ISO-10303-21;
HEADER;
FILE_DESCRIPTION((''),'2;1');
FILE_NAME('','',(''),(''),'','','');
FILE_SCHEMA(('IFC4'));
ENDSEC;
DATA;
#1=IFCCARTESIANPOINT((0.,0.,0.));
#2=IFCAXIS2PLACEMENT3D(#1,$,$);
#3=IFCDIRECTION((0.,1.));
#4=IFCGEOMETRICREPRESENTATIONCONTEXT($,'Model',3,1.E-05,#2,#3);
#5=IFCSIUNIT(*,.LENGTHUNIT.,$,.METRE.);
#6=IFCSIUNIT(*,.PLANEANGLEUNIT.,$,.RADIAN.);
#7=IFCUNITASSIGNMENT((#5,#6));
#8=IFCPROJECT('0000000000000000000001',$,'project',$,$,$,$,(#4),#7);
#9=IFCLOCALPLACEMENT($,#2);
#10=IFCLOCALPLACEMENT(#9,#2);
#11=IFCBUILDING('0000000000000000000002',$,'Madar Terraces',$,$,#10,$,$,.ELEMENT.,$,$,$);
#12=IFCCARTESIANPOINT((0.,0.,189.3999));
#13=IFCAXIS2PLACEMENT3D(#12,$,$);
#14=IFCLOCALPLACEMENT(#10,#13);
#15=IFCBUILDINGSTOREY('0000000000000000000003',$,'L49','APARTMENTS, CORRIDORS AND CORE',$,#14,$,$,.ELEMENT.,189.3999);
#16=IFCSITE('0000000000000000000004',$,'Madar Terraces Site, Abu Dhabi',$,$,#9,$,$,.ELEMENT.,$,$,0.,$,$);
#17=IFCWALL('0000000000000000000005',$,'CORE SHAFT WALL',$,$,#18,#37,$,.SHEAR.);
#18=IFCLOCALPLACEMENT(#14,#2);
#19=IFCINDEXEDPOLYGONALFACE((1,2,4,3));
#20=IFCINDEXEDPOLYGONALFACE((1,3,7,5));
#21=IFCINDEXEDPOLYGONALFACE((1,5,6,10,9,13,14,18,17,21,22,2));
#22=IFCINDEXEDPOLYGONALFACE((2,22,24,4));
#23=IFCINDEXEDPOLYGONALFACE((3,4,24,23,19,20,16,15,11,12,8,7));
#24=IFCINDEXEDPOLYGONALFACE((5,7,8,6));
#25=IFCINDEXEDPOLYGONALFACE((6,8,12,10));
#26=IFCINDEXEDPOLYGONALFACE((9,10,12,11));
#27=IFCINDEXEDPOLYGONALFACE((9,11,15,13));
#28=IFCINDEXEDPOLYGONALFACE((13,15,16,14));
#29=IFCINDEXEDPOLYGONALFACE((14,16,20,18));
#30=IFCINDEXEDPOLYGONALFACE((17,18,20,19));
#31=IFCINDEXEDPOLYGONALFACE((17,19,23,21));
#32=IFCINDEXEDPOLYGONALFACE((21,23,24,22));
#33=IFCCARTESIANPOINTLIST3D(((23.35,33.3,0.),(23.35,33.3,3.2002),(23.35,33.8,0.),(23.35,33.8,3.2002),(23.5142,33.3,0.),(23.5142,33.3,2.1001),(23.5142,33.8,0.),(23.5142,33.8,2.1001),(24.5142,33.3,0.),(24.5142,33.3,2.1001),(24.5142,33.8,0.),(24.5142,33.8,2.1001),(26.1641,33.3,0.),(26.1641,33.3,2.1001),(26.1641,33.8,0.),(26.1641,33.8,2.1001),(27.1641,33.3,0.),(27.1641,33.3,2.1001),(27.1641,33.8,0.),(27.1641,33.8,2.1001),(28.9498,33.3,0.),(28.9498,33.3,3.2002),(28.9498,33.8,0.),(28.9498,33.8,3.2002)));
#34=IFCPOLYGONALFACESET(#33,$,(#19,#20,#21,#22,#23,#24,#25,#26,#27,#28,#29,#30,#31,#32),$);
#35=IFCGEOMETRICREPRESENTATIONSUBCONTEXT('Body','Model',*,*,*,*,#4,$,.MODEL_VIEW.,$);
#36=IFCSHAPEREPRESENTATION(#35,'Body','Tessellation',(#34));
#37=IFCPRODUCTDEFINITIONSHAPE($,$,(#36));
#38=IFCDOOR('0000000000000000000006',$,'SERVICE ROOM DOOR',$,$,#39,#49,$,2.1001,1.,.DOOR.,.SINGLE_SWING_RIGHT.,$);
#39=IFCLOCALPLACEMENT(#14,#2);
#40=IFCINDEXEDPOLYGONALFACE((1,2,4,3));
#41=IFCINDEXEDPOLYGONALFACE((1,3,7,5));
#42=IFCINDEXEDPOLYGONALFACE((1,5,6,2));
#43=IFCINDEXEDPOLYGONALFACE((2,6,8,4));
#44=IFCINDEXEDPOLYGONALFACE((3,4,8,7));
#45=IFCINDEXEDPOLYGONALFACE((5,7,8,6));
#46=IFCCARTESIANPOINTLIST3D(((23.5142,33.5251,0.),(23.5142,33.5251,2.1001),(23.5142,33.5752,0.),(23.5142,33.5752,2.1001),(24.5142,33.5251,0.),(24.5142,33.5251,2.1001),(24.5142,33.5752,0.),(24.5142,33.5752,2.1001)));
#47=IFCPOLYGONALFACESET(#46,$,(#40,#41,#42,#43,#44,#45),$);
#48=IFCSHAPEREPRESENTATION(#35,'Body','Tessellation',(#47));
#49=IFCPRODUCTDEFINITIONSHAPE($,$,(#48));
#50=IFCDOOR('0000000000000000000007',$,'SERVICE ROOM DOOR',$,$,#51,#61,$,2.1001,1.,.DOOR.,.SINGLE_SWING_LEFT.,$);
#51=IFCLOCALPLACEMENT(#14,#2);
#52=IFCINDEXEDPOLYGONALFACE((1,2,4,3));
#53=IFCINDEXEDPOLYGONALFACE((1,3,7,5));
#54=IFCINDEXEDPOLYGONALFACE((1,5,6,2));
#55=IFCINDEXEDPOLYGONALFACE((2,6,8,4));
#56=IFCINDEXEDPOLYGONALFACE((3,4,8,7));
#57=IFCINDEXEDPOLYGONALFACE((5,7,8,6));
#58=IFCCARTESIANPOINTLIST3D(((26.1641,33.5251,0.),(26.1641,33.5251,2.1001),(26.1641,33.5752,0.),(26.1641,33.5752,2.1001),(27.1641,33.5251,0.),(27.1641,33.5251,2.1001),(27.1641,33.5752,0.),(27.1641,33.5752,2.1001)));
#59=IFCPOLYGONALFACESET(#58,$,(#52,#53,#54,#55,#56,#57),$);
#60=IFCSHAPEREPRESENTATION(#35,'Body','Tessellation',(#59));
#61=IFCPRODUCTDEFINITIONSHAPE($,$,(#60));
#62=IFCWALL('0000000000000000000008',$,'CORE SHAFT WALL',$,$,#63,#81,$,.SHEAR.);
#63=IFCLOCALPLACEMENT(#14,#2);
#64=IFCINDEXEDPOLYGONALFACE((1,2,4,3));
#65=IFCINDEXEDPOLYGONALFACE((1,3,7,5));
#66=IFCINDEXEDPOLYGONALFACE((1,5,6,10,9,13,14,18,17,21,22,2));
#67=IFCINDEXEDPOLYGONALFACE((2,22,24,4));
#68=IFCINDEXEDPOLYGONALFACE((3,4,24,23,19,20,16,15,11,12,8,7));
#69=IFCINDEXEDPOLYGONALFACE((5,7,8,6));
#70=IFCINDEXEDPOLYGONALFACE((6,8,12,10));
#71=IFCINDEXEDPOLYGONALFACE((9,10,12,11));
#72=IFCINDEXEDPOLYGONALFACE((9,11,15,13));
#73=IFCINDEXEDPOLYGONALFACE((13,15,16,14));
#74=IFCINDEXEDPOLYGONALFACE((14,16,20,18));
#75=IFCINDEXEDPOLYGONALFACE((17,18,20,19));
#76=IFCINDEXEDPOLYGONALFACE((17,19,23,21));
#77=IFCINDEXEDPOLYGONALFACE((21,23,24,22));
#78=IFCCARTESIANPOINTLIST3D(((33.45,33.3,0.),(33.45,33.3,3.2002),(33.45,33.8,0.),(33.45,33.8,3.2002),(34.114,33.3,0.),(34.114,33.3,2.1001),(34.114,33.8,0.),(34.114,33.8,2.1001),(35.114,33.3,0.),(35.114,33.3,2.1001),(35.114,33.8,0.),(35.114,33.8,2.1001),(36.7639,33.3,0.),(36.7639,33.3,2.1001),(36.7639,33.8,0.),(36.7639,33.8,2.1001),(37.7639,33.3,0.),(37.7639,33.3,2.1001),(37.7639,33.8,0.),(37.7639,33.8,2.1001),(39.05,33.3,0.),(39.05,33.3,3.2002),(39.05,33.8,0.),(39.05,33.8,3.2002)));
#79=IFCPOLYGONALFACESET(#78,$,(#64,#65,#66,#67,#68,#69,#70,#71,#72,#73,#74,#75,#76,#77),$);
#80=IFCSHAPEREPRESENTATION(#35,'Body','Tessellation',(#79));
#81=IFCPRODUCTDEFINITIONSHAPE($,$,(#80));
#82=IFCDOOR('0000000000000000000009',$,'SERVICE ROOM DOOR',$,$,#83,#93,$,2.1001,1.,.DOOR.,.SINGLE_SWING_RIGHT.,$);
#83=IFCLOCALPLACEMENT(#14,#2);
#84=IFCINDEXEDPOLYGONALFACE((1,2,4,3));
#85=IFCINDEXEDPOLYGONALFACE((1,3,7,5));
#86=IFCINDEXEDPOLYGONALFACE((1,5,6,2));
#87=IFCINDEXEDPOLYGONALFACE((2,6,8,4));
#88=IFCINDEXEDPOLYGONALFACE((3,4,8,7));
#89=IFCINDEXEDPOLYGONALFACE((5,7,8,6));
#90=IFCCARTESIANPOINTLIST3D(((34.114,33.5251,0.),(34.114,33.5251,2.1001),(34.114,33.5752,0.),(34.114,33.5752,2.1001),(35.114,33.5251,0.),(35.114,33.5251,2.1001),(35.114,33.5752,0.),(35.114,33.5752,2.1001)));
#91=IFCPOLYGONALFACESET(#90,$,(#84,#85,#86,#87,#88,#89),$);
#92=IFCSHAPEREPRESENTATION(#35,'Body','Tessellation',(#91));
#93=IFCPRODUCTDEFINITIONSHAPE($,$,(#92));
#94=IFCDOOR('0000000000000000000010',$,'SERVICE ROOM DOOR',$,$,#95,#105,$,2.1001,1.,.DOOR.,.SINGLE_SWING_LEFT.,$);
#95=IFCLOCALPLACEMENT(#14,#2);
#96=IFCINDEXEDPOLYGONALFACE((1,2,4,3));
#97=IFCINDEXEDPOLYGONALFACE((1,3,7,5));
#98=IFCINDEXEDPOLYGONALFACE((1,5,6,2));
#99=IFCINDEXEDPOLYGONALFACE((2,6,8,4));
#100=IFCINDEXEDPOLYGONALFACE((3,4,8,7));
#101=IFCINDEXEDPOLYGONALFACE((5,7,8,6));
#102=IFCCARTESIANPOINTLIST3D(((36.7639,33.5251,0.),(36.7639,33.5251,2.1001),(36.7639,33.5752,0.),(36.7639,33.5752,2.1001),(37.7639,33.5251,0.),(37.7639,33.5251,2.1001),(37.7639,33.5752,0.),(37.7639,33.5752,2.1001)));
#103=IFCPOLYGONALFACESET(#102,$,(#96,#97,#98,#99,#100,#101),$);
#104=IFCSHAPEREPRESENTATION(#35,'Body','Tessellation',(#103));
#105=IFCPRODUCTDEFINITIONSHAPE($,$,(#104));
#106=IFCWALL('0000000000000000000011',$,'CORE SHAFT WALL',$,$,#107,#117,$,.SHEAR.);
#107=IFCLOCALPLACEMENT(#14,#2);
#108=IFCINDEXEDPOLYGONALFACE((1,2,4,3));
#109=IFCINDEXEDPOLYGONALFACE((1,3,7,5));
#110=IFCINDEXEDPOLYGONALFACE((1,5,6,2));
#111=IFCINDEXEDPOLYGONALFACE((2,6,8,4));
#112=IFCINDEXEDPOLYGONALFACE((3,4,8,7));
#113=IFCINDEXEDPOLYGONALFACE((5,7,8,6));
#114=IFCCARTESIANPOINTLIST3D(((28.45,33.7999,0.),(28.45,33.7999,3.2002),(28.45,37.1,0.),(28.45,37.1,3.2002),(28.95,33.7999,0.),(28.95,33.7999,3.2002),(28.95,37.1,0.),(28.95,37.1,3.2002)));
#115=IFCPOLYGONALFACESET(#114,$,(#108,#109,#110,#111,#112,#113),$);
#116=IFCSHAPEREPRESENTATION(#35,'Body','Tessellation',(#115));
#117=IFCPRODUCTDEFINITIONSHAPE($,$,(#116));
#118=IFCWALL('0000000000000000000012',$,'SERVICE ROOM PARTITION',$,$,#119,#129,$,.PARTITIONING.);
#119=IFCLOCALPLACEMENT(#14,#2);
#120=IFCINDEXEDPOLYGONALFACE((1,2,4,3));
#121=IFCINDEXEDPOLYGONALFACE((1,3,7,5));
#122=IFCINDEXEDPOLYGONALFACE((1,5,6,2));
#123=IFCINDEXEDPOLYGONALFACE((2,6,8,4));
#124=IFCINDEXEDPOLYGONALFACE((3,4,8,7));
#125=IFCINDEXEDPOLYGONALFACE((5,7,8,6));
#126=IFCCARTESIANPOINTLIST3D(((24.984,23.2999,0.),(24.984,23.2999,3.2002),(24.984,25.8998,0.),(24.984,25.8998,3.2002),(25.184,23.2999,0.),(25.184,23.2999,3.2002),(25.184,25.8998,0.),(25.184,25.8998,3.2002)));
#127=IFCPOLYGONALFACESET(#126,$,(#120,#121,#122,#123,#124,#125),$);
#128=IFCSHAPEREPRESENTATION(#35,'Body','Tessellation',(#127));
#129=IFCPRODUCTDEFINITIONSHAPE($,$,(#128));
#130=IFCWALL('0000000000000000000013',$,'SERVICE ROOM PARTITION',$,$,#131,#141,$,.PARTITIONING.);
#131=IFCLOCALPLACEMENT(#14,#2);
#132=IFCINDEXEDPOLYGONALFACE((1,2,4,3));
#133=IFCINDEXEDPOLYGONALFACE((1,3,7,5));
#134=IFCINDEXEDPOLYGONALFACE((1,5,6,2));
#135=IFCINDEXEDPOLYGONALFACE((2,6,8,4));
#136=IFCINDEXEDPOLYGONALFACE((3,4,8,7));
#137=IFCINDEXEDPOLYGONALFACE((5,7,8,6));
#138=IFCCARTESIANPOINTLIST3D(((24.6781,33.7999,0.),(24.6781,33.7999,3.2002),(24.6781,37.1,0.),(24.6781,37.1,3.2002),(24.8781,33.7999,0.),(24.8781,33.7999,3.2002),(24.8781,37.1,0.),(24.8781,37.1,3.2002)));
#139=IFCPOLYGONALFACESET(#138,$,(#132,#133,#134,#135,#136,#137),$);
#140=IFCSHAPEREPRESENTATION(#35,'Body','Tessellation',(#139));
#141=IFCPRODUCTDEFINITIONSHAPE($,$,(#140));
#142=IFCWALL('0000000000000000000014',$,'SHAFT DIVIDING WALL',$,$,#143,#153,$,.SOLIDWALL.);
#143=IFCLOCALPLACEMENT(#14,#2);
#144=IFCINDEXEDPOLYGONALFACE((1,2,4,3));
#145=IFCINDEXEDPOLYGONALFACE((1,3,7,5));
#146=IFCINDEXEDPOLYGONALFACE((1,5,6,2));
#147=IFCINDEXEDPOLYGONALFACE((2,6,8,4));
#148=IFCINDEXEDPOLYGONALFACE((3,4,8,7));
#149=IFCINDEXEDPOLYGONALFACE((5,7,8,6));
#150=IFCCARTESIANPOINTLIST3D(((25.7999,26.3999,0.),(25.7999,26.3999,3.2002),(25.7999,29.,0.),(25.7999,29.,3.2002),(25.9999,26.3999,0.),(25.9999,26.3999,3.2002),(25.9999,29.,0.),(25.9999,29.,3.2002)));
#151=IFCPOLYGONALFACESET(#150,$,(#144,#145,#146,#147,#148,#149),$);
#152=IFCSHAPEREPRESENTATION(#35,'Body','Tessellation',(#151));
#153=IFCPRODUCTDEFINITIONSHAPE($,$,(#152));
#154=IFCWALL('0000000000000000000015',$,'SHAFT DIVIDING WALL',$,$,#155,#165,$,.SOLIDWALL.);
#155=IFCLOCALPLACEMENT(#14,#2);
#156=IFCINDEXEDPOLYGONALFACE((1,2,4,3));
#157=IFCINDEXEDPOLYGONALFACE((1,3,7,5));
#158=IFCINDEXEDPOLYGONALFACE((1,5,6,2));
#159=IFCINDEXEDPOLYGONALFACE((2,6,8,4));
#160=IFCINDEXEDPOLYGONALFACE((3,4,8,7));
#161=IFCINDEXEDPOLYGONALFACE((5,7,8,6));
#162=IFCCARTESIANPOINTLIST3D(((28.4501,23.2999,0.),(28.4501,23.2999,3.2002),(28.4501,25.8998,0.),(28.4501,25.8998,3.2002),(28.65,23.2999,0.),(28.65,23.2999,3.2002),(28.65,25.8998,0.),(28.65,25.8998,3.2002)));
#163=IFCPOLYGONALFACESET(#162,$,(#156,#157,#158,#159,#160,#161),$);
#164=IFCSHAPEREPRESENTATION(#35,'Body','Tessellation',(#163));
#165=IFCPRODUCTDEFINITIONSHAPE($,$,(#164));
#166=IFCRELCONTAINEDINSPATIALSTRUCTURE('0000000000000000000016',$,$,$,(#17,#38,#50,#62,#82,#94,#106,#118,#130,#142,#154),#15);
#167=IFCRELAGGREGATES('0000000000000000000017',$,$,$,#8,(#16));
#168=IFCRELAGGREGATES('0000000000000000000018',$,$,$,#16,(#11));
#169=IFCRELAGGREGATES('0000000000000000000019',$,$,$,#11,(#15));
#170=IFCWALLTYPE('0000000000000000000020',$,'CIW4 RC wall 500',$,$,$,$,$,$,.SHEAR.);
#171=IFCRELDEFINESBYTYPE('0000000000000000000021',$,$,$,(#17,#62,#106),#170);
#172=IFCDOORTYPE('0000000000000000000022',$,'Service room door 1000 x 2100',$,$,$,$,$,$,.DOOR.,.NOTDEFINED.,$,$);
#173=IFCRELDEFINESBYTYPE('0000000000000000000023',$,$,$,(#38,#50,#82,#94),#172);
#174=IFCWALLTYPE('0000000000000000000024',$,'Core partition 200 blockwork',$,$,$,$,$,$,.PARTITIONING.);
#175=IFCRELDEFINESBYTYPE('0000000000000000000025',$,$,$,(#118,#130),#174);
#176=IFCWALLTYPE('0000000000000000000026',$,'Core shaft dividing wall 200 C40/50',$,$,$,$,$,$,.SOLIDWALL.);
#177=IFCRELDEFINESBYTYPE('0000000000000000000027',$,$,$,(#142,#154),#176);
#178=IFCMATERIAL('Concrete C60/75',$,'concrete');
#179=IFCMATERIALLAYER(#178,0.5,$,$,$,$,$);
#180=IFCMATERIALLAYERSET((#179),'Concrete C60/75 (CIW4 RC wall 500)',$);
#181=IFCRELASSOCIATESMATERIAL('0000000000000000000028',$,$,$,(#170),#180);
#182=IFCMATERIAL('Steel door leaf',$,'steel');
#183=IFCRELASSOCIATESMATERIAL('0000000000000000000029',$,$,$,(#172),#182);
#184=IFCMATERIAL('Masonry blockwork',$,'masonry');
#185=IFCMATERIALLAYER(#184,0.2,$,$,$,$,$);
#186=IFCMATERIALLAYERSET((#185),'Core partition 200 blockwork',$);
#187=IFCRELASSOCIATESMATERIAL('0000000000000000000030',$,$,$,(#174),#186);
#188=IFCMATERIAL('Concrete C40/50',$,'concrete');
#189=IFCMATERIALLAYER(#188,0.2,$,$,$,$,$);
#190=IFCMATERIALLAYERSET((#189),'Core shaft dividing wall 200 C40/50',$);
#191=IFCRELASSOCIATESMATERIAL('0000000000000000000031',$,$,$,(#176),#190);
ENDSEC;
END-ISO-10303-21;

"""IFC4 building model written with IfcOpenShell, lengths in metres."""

from ifc_helpers import new_model, si_unit, direction, frame, frame_2d, origin, place, context, subcontext, project, spatial, rectangle, extrude, material, layer, layer_set, type_object, element, fill, save


model = new_model("IFC4")

# Units and contexts
model_context = context("Model", 3, precision=1e-05, world=origin(), true_north=direction((0.0, 1.0)))
body_context = subcontext(model_context, "Body", "Model", "MODEL_VIEW")
ifc_project = project(units=[si_unit("LENGTHUNIT", "METRE"), si_unit("PLANEANGLEUNIT", "RADIAN")], contexts=[model_context])

# Site, building, storey
site_placement = place(None, origin())
site = spatial("IfcSite", under=ifc_project, at=site_placement, Name="Madar Terraces Site, Abu Dhabi", CompositionType="ELEMENT", RefElevation=0.0)
building_placement = place(site_placement, origin())
building = spatial("IfcBuilding", under=site, at=building_placement, Name="Madar Terraces", CompositionType="ELEMENT")
storey_placement = place(building_placement, frame((0.0, 0.0, 189.3999)))
storey = spatial("IfcBuildingStorey", under=building, at=storey_placement, Name="L49", Description="APARTMENTS, CORRIDORS AND CORE", CompositionType="ELEMENT", Elevation=189.3999)

# Walls, openings, doors
ifc_material_1 = material(Name="Concrete C60/75", Category="concrete")
ifc_layer_1 = layer(ifc_material_1, 0.5)
ifc_layer_set_1 = layer_set([ifc_layer_1], Name="Concrete C60/75 (CIW4 RC wall 500)")
wall_type_1 = type_object("IfcWallType", Name="CIW4 RC wall 500", PredefinedType="SHEAR", material=ifc_layer_set_1)
wall_1_placement = place(storey_placement, frame((23.3501, 33.55, 0.0), z_axis=(0.0, 0.0, 1.0), x_axis=(1.0, 0.0, 0.0)))
wall_1 = element("IfcWall", 1, at=wall_1_placement, inside=storey, type_object=wall_type_1, Name="CORE SHAFT WALL", PredefinedType="SHEAR", context=body_context, shape_type="SweptSolid", body=[
    extrude(rectangle(XDim=5.5999, YDim=0.5, at=frame_2d((2.7998, 0.0))), origin(), (0.0, 0.0, 1.0), 3.2002),
])
opening_1_placement = place(wall_1_placement, frame((0.1641, 0.0, 0.0)))
opening_1 = element("IfcOpeningElement", 2, at=opening_1_placement, cuts=wall_1, PredefinedType="OPENING", context=body_context, shape_type="SweptSolid", body=[
    extrude(rectangle(XDim=1.0, YDim=2.1001, at=frame_2d((0.5, 1.05))), frame((0.0, 0.26, 0.0), z_axis=(0.0, -1.0, 0.0), x_axis=(1.0, 0.0, 0.0)), (0.0, 0.0, 1.0), 0.52),
])
opening_2_placement = place(wall_1_placement, frame((2.814, 0.0, 0.0)))
opening_2 = element("IfcOpeningElement", 3, at=opening_2_placement, cuts=wall_1, PredefinedType="OPENING", context=body_context, shape_type="SweptSolid", body=[
    extrude(rectangle(XDim=1.0, YDim=2.1001, at=frame_2d((0.5, 1.05))), frame((0.0, 0.26, 0.0), z_axis=(0.0, -1.0, 0.0), x_axis=(1.0, 0.0, 0.0)), (0.0, 0.0, 1.0), 0.52),
])
ifc_material_2 = material(Name="Steel door leaf", Category="steel")
door_type = type_object("IfcDoorType", Name="Service room door 1000 x 2100", OperationType="NOTDEFINED", PredefinedType="DOOR", material=ifc_material_2)
door_1_placement = place(opening_1_placement, frame((1.0, 0.0, 0.0), z_axis=(0.0, 0.0, 1.0), x_axis=(-1.0, 0.0, 0.0)))
door_1 = element("IfcDoor", 4, at=door_1_placement, inside=storey, type_object=door_type, Name="SERVICE ROOM DOOR", OperationType="SINGLE_SWING_RIGHT", OverallHeight=2.1001, OverallWidth=1.0, PredefinedType="DOOR", context=body_context, shape_type="SweptSolid", body=[
    extrude(rectangle(XDim=1.0, YDim=2.1001, at=frame_2d((0.5, 1.05))), frame((0.0, 0.0249, 0.0), z_axis=(0.0, -1.0, 0.0), x_axis=(1.0, 0.0, 0.0)), (0.0, 0.0, 1.0), 0.05),
])
fill(opening_1, door_1)
door_2_placement = place(opening_2_placement, frame((1.0, 0.0, 0.0), z_axis=(0.0, 0.0, 1.0), x_axis=(-1.0, 0.0, 0.0)))
door_2 = element("IfcDoor", 5, at=door_2_placement, inside=storey, type_object=door_type, Name="SERVICE ROOM DOOR", OperationType="SINGLE_SWING_LEFT", OverallHeight=2.1001, OverallWidth=1.0, PredefinedType="DOOR", context=body_context, shape_type="SweptSolid", body=[
    extrude(rectangle(XDim=1.0, YDim=2.1001, at=frame_2d((0.5, 1.05))), frame((0.0, 0.0249, 0.0), z_axis=(0.0, -1.0, 0.0), x_axis=(1.0, 0.0, 0.0)), (0.0, 0.0, 1.0), 0.05),
])
fill(opening_2, door_2)
wall_2_placement = place(storey_placement, frame((33.45, 33.55, 0.0), z_axis=(0.0, 0.0, 1.0), x_axis=(1.0, 0.0, 0.0)))
wall_2 = element("IfcWall", 6, at=wall_2_placement, inside=storey, type_object=wall_type_1, Name="CORE SHAFT WALL", PredefinedType="SHEAR", context=body_context, shape_type="SweptSolid", body=[
    extrude(rectangle(XDim=5.6001, YDim=0.5, at=frame_2d((2.8, 0.0))), origin(), (0.0, 0.0, 1.0), 3.2002),
])
opening_3_placement = place(wall_2_placement, frame((0.6641, 0.0, 0.0)))
opening_3 = element("IfcOpeningElement", 7, at=opening_3_placement, cuts=wall_2, PredefinedType="OPENING", context=body_context, shape_type="SweptSolid", body=[
    extrude(rectangle(XDim=1.0, YDim=2.1001, at=frame_2d((0.5, 1.05))), frame((0.0, 0.26, 0.0), z_axis=(0.0, -1.0, 0.0), x_axis=(1.0, 0.0, 0.0)), (0.0, 0.0, 1.0), 0.52),
])
opening_4_placement = place(wall_2_placement, frame((3.314, 0.0, 0.0)))
opening_4 = element("IfcOpeningElement", 8, at=opening_4_placement, cuts=wall_2, PredefinedType="OPENING", context=body_context, shape_type="SweptSolid", body=[
    extrude(rectangle(XDim=1.0, YDim=2.1001, at=frame_2d((0.5, 1.05))), frame((0.0, 0.26, 0.0), z_axis=(0.0, -1.0, 0.0), x_axis=(1.0, 0.0, 0.0)), (0.0, 0.0, 1.0), 0.52),
])
door_3_placement = place(opening_3_placement, frame((1.0, 0.0, 0.0), z_axis=(0.0, 0.0, 1.0), x_axis=(-1.0, 0.0, 0.0)))
door_3 = element("IfcDoor", 9, at=door_3_placement, inside=storey, type_object=door_type, Name="SERVICE ROOM DOOR", OperationType="SINGLE_SWING_RIGHT", OverallHeight=2.1001, OverallWidth=1.0, PredefinedType="DOOR", context=body_context, shape_type="SweptSolid", body=[
    extrude(rectangle(XDim=1.0, YDim=2.1001, at=frame_2d((0.5, 1.05))), frame((0.0, 0.0249, 0.0), z_axis=(0.0, -1.0, 0.0), x_axis=(1.0, 0.0, 0.0)), (0.0, 0.0, 1.0), 0.05),
])
fill(opening_3, door_3)
door_4_placement = place(opening_4_placement, frame((1.0, 0.0, 0.0), z_axis=(0.0, 0.0, 1.0), x_axis=(-1.0, 0.0, 0.0)))
door_4 = element("IfcDoor", 10, at=door_4_placement, inside=storey, type_object=door_type, Name="SERVICE ROOM DOOR", OperationType="SINGLE_SWING_LEFT", OverallHeight=2.1001, OverallWidth=1.0, PredefinedType="DOOR", context=body_context, shape_type="SweptSolid", body=[
    extrude(rectangle(XDim=1.0, YDim=2.1001, at=frame_2d((0.5, 1.05))), frame((0.0, 0.0249, 0.0), z_axis=(0.0, -1.0, 0.0), x_axis=(1.0, 0.0, 0.0)), (0.0, 0.0, 1.0), 0.05),
])
fill(opening_4, door_4)

# Walls
wall_3_placement = place(storey_placement, frame((28.7, 33.8, 0.0), z_axis=(0.0, 0.0, 1.0), x_axis=(0.0, 1.0, 0.0)))
element("IfcWall", 11, at=wall_3_placement, inside=storey, type_object=wall_type_1, Name="CORE SHAFT WALL", PredefinedType="SHEAR", context=body_context, shape_type="SweptSolid", body=[
    extrude(rectangle(XDim=3.3, YDim=0.5, at=frame_2d((1.6499, 0.0))), origin(), (0.0, 0.0, 1.0), 3.2002),
])
ifc_material_3 = material(Name="Masonry blockwork", Category="masonry")
ifc_layer_2 = layer(ifc_material_3, 0.2)
ifc_layer_set_2 = layer_set([ifc_layer_2], Name="Core partition 200 blockwork")
wall_type_2 = type_object("IfcWallType", Name="Core partition 200 blockwork", PredefinedType="PARTITIONING", material=ifc_layer_set_2)
wall_4_placement = place(storey_placement, frame((25.084, 23.3, 0.0), z_axis=(0.0, 0.0, 1.0), x_axis=(0.0, 1.0, 0.0)))
element("IfcWall", 12, at=wall_4_placement, inside=storey, type_object=wall_type_2, Name="SERVICE ROOM PARTITION", PredefinedType="PARTITIONING", context=body_context, shape_type="SweptSolid", body=[
    extrude(rectangle(XDim=2.5999, YDim=0.2, at=frame_2d((1.2998, 0.0))), origin(), (0.0, 0.0, 1.0), 3.2002),
])
wall_5_placement = place(storey_placement, frame((24.7781, 33.8, 0.0), z_axis=(0.0, 0.0, 1.0), x_axis=(0.0, 1.0, 0.0)))
element("IfcWall", 13, at=wall_5_placement, inside=storey, type_object=wall_type_2, Name="SERVICE ROOM PARTITION", PredefinedType="PARTITIONING", context=body_context, shape_type="SweptSolid", body=[
    extrude(rectangle(XDim=3.3, YDim=0.2, at=frame_2d((1.6499, 0.0))), origin(), (0.0, 0.0, 1.0), 3.2002),
])
ifc_material_4 = material(Name="Concrete C40/50", Category="concrete")
ifc_layer_3 = layer(ifc_material_4, 0.2)
ifc_layer_set_3 = layer_set([ifc_layer_3], Name="Core shaft dividing wall 200 C40/50")
wall_type_3 = type_object("IfcWallType", Name="Core shaft dividing wall 200 C40/50", PredefinedType="SOLIDWALL", material=ifc_layer_set_3)
wall_6_placement = place(storey_placement, frame((25.8999, 26.3999, 0.0), z_axis=(0.0, 0.0, 1.0), x_axis=(0.0, 1.0, 0.0)))
element("IfcWall", 14, at=wall_6_placement, inside=storey, type_object=wall_type_3, Name="SHAFT DIVIDING WALL", PredefinedType="SOLIDWALL", context=body_context, shape_type="SweptSolid", body=[
    extrude(rectangle(XDim=2.6001, YDim=0.2, at=frame_2d((1.3, 0.0))), origin(), (0.0, 0.0, 1.0), 3.2002),
])
wall_7_placement = place(storey_placement, frame((28.55, 23.3, 0.0), z_axis=(0.0, 0.0, 1.0), x_axis=(0.0, 1.0, 0.0)))
element("IfcWall", 15, at=wall_7_placement, inside=storey, type_object=wall_type_3, Name="SHAFT DIVIDING WALL", PredefinedType="SOLIDWALL", context=body_context, shape_type="SweptSolid", body=[
    extrude(rectangle(XDim=2.5999, YDim=0.2, at=frame_2d((1.2998, 0.0))), origin(), (0.0, 0.0, 1.0), 3.2002),
])

save(model, "model.ifc")
